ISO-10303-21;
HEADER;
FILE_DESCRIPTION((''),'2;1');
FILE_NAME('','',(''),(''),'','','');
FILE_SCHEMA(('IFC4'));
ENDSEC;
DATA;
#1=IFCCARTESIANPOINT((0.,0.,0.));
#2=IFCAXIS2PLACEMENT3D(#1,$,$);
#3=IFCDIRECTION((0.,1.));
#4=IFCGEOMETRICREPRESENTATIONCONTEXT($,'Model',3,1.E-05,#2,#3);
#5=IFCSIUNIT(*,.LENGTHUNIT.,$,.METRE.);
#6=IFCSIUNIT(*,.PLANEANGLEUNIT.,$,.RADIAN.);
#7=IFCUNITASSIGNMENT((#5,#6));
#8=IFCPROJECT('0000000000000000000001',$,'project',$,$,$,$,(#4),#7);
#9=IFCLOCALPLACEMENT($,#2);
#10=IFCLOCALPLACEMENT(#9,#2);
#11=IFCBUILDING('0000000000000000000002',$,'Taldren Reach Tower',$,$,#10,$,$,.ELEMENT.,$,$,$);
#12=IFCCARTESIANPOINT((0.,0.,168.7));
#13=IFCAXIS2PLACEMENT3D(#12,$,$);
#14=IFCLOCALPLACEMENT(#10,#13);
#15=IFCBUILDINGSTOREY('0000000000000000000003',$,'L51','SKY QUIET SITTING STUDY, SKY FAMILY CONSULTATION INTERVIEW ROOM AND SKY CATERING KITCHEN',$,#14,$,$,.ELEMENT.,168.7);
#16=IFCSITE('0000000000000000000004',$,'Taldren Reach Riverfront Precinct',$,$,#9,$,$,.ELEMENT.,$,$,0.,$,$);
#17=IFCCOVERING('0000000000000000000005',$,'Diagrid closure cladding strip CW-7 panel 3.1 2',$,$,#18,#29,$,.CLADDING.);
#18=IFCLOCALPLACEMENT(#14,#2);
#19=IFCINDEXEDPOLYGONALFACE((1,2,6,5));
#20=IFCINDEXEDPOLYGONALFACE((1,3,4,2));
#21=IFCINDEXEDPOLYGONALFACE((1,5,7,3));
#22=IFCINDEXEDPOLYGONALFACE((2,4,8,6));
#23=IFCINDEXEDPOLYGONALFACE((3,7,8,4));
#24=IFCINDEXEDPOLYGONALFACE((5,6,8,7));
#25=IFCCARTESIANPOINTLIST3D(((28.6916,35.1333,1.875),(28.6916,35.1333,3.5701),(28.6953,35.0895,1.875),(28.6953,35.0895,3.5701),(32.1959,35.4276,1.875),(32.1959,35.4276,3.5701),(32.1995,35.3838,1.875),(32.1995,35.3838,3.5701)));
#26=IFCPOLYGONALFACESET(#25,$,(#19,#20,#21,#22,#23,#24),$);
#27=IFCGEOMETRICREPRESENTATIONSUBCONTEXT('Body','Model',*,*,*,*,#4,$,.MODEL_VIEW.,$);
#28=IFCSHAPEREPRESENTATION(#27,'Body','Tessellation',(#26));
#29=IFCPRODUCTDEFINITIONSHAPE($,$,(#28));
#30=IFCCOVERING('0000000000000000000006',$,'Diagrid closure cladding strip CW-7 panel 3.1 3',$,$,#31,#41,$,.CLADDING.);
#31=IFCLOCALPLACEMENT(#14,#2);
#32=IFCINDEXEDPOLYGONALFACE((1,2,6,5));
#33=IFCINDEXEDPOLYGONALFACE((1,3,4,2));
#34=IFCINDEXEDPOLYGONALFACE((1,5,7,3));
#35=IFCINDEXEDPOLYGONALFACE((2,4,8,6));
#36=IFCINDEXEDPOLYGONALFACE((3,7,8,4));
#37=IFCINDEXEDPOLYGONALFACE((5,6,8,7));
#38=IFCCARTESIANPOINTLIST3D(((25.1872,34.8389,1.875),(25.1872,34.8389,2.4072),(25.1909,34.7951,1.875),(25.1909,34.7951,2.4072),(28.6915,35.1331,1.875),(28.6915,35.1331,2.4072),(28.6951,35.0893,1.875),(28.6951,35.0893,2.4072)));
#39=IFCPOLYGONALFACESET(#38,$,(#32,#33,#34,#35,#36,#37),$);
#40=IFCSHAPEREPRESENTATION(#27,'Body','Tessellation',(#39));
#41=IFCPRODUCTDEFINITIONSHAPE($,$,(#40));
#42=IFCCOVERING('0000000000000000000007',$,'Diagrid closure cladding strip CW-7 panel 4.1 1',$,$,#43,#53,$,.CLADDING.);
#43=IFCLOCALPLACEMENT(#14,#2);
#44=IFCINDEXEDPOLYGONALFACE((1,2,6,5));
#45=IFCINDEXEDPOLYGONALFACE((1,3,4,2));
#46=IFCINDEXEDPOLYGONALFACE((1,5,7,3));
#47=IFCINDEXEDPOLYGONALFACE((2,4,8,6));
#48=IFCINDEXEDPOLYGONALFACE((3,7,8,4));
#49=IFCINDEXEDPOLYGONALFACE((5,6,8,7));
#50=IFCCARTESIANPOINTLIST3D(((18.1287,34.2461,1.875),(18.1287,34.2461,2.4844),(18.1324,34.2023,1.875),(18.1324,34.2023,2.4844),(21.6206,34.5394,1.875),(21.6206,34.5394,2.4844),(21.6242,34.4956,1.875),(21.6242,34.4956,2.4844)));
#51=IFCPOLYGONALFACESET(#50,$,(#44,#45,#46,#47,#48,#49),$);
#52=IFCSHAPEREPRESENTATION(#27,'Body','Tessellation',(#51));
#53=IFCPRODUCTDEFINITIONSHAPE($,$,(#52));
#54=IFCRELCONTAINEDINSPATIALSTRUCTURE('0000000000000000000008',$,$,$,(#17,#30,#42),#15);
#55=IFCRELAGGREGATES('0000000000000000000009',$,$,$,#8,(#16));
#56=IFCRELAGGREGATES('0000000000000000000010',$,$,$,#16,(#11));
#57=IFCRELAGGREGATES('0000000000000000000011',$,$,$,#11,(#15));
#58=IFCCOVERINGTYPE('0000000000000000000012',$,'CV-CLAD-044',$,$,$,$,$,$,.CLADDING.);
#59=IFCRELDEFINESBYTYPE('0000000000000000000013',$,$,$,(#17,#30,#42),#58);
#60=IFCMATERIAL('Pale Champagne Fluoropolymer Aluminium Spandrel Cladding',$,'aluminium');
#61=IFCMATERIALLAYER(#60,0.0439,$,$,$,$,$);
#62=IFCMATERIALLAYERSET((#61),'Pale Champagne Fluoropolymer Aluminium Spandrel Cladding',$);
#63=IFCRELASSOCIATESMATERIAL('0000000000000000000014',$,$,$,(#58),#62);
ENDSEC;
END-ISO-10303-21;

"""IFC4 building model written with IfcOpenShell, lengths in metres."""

from ifc_helpers import new_model, si_unit, direction, frame, origin, origin_2d, place, context, subcontext, project, spatial, rectangle, extrude, source, transform, mapped, material, layer, layer_set, type_object, element, save


model = new_model("IFC4")

# Units and contexts
model_context = context("Model", 3, precision=1e-05, world=origin(), true_north=direction((0.0, 1.0)))
body_context = subcontext(model_context, "Body", "Model", "MODEL_VIEW")
ifc_project = project(units=[si_unit("LENGTHUNIT", "METRE"), si_unit("PLANEANGLEUNIT", "RADIAN")], contexts=[model_context])

# Site, building, storey
site_placement = place(None, origin())
site = spatial("IfcSite", under=ifc_project, at=site_placement, Name="Taldren Reach Riverfront Precinct", CompositionType="ELEMENT", RefElevation=0.0)
building_placement = place(site_placement, origin())
building = spatial("IfcBuilding", under=site, at=building_placement, Name="Taldren Reach Tower", CompositionType="ELEMENT")
storey_placement = place(building_placement, frame((0.0, 0.0, 168.7)))
storey = spatial("IfcBuildingStorey", under=building, at=storey_placement, Name="L51", Description="SKY QUIET SITTING STUDY, SKY FAMILY CONSULTATION INTERVIEW ROOM AND SKY CATERING KITCHEN", CompositionType="ELEMENT", Elevation=168.7)

# Coverings
ifc_material_1 = material(Name="Pale Champagne Fluoropolymer Aluminium Spandrel Cladding", Category="aluminium")
ifc_layer_1 = layer(ifc_material_1, 0.0439)
ifc_layer_set_1 = layer_set([ifc_layer_1], Name="Pale Champagne Fluoropolymer Aluminium Spandrel Cladding")
covering_type = type_object("IfcCoveringType", Name="CV-CLAD-044", PredefinedType="CLADDING", material=ifc_layer_set_1)
shared_shape_1 = source(origin(), body_context, "Body", "SweptSolid", [
    extrude(rectangle(XDim=3.5166, YDim=0.0439, at=origin_2d()), origin(), (0.0, 0.0, 1.0), 1.6951),
])
covering_1_placement = place(storey_placement, frame((30.4456, 35.2585, 1.875), z_axis=(0.0, 0.0, 1.0), x_axis=(-0.996493, -0.083678, 0.0)))
element("IfcCovering", 1, at=covering_1_placement, inside=storey, type_object=covering_type, Name="Diagrid closure cladding strip CW-7 panel 3.1 2", PredefinedType="CLADDING", context=body_context, shape_type="MappedRepresentation", body=[
    mapped(shared_shape_1, transform((0.0, 0.0, 0.0), scale=1.0)),
])
shared_shape_2 = source(origin(), body_context, "Body", "SweptSolid", [
    extrude(rectangle(XDim=3.5166, YDim=0.0439, at=origin_2d()), origin(), (0.0, 0.0, 1.0), 0.5322),
])
covering_2_placement = place(storey_placement, frame((26.9412, 34.9641, 1.875), z_axis=(0.0, 0.0, 1.0), x_axis=(-0.996493, -0.083678, 0.0)))
element("IfcCovering", 2, at=covering_2_placement, inside=storey, type_object=covering_type, Name="Diagrid closure cladding strip CW-7 panel 3.1 3", PredefinedType="CLADDING", context=body_context, shape_type="MappedRepresentation", body=[
    mapped(shared_shape_2, transform((0.0, 0.0, 0.0), scale=1.0)),
])
shared_shape_3 = source(origin(), body_context, "Body", "SweptSolid", [
    extrude(rectangle(XDim=3.5042, YDim=0.0439, at=origin_2d()), origin(), (0.0, 0.0, 1.0), 0.6094),
])
covering_3_placement = place(storey_placement, frame((19.8765, 34.3708, 1.875), z_axis=(0.0, 0.0, 1.0), x_axis=(-0.996493, -0.083678, 0.0)))
element("IfcCovering", 3, at=covering_3_placement, inside=storey, type_object=covering_type, Name="Diagrid closure cladding strip CW-7 panel 4.1 1", PredefinedType="CLADDING", context=body_context, shape_type="MappedRepresentation", body=[
    mapped(shared_shape_3, transform((0.0, 0.0, 0.0), scale=1.0)),
])

save(model, "model.ifc")
